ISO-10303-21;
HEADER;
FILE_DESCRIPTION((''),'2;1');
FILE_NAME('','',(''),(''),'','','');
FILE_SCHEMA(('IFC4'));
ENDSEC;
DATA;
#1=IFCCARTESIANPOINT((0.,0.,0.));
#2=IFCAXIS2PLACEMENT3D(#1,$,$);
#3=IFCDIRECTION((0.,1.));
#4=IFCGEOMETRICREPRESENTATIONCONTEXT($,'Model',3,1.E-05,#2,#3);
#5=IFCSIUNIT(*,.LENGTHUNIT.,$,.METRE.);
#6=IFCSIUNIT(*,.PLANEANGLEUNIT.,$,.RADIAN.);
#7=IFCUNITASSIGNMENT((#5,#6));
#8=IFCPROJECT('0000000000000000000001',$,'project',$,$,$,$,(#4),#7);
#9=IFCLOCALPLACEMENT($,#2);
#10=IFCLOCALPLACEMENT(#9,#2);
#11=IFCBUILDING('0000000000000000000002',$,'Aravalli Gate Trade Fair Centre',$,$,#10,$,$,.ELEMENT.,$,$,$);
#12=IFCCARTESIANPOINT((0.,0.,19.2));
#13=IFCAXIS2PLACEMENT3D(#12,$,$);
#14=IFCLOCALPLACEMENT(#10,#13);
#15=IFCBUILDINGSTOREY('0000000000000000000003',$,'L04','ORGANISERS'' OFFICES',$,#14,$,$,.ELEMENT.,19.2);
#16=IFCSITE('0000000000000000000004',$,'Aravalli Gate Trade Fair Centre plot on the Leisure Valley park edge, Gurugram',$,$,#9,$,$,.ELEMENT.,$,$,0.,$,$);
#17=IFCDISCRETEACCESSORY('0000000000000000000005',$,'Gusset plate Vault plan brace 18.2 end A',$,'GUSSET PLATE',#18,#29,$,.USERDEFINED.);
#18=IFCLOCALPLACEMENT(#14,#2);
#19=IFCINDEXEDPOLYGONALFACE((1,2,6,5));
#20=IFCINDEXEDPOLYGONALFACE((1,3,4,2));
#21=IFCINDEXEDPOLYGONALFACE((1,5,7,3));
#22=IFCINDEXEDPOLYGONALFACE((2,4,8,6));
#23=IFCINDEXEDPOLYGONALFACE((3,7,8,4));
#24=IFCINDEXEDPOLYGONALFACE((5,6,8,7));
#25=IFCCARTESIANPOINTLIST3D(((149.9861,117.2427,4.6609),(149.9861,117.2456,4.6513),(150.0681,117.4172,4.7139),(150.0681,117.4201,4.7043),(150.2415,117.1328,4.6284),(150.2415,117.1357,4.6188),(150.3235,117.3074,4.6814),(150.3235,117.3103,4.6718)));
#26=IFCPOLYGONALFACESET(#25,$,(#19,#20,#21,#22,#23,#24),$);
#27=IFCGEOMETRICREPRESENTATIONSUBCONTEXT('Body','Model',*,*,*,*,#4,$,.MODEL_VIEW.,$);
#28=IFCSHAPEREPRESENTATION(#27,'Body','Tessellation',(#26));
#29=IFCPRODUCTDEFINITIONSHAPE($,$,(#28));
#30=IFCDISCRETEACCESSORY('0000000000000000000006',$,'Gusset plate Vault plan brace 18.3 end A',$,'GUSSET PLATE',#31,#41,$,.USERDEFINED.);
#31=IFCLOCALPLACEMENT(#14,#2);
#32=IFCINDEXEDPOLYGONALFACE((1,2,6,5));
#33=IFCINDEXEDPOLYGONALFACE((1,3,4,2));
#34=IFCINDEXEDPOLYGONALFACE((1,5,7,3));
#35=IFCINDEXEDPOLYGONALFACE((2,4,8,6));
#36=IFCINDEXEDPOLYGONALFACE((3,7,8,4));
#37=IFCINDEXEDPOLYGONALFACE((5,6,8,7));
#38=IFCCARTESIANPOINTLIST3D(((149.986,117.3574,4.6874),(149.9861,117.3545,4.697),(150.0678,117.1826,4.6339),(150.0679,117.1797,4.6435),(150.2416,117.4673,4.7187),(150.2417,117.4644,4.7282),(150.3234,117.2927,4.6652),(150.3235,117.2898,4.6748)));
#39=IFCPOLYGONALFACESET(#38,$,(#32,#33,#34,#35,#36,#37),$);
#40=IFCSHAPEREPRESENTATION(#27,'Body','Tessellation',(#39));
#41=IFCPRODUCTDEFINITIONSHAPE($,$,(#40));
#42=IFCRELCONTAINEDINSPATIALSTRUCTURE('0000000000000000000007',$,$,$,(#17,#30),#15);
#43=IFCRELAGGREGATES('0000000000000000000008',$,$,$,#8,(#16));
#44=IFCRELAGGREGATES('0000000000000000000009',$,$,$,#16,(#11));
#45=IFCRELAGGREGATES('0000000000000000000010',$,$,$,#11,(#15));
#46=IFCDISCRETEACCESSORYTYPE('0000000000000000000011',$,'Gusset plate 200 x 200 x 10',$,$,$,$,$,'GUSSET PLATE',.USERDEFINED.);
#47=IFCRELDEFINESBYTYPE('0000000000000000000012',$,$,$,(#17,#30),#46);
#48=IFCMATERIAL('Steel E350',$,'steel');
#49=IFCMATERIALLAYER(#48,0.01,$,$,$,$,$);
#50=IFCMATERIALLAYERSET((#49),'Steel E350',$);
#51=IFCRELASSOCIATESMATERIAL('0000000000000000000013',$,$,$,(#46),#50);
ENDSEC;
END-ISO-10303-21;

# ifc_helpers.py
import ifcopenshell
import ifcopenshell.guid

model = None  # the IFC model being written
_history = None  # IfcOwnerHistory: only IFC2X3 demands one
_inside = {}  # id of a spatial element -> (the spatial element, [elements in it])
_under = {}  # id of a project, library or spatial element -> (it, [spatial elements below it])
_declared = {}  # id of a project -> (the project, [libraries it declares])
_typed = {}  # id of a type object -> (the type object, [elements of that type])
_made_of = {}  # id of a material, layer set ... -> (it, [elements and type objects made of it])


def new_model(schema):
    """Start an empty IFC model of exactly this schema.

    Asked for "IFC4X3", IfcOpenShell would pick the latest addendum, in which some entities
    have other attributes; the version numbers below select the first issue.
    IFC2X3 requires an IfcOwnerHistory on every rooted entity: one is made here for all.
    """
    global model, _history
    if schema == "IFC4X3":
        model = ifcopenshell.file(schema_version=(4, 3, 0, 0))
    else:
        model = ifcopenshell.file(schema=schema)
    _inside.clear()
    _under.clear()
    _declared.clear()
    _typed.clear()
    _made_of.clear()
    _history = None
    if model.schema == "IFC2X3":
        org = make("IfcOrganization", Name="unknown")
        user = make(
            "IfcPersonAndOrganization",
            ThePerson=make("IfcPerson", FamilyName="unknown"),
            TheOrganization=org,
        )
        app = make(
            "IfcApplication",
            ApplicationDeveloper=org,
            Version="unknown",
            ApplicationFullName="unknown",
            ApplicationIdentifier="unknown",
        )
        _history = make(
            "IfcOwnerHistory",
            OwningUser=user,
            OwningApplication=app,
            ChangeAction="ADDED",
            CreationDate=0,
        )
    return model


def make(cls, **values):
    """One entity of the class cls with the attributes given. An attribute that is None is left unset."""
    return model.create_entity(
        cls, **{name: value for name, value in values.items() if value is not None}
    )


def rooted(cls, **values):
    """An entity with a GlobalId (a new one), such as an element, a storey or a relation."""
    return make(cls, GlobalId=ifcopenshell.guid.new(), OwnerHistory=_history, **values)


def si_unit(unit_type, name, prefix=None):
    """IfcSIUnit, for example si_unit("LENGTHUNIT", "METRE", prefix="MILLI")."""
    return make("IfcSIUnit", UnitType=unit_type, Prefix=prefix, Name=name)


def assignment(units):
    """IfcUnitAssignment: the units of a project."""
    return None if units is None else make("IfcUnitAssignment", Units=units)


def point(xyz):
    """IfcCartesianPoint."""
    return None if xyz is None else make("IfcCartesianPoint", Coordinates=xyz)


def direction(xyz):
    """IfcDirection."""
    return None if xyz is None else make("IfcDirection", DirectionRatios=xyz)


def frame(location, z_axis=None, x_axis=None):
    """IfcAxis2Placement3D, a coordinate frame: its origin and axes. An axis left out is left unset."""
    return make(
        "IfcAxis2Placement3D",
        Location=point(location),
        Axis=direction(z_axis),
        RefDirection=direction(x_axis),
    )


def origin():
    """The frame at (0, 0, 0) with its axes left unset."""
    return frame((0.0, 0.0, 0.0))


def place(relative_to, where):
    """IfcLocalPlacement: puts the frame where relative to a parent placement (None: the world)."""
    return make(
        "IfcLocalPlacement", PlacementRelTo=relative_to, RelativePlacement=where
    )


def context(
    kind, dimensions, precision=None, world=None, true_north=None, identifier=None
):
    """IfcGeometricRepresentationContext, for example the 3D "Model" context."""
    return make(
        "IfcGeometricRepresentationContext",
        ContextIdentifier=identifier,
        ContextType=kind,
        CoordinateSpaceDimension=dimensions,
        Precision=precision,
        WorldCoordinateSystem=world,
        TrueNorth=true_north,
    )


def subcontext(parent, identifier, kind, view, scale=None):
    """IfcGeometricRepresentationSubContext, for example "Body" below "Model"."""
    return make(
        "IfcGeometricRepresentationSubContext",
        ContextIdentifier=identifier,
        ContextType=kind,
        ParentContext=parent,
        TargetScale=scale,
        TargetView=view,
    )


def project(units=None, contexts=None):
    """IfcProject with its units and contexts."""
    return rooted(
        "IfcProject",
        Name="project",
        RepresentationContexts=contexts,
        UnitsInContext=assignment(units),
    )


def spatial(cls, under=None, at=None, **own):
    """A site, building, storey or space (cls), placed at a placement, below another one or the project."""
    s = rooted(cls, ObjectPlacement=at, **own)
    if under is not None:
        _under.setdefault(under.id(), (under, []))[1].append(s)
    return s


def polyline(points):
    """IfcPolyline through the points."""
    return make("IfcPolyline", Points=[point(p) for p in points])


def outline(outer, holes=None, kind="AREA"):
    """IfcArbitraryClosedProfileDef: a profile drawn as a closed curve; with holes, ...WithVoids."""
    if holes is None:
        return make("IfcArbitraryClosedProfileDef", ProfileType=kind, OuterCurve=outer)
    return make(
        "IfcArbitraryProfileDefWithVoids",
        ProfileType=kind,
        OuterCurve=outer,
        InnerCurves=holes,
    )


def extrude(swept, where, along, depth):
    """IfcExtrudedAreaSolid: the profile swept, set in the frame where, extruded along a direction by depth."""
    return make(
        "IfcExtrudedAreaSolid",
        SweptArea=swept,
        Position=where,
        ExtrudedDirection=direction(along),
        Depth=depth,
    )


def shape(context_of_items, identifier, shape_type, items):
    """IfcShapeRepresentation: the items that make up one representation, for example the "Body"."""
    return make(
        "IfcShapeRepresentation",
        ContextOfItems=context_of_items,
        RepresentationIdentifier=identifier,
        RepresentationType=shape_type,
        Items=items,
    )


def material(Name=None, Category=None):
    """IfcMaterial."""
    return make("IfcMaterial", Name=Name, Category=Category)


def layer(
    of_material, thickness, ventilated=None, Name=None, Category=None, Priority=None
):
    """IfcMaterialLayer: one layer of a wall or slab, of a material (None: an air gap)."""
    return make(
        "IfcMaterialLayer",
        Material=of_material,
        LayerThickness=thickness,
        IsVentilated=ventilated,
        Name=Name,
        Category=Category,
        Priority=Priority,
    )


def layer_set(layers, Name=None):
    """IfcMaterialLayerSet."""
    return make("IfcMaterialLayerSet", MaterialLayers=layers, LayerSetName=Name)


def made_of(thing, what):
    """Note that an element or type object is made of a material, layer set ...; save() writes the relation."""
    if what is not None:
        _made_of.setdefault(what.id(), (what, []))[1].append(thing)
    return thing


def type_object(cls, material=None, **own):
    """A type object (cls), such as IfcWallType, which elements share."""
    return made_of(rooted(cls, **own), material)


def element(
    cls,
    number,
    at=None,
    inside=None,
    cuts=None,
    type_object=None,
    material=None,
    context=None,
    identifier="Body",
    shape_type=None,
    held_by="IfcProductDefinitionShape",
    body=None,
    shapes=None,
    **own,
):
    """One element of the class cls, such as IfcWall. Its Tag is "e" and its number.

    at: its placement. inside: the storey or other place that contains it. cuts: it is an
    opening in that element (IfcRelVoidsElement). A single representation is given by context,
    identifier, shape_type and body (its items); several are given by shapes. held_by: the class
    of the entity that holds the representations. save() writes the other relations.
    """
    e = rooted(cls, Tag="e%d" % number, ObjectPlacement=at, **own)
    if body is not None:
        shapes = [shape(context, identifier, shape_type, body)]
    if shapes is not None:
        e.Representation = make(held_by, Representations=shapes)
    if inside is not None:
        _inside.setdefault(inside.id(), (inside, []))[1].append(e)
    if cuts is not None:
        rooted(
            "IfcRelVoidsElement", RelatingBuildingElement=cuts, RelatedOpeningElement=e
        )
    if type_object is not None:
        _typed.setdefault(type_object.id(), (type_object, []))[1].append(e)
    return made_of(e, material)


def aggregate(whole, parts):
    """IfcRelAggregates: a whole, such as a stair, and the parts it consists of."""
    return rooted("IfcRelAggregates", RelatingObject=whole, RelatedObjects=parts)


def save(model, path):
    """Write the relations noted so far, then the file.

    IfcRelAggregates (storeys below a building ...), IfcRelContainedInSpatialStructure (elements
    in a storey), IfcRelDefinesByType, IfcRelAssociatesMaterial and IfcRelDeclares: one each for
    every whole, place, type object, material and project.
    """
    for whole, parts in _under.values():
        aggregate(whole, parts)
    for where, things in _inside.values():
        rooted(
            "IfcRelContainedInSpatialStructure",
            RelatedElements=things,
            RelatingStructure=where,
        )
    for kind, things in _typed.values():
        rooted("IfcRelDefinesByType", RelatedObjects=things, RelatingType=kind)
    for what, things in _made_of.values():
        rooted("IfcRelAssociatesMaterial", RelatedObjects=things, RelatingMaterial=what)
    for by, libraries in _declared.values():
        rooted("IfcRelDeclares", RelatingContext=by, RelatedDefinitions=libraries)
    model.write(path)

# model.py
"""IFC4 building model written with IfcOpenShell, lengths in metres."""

from ifc_helpers import new_model, si_unit, direction, frame, origin, place, context, subcontext, project, spatial, polyline, outline, extrude, material, layer, layer_set, type_object, element, save


model = new_model("IFC4")

# Units and contexts
model_context = context("Model", 3, precision=1e-05, world=origin(), true_north=direction((0.0, 1.0)))
body_context = subcontext(model_context, "Body", "Model", "MODEL_VIEW")
ifc_project = project(units=[si_unit("LENGTHUNIT", "METRE"), si_unit("PLANEANGLEUNIT", "RADIAN")], contexts=[model_context])

# Site, building, storey
site_placement = place(None, origin())
site = spatial("IfcSite", under=ifc_project, at=site_placement, Name="Aravalli Gate Trade Fair Centre plot on the Leisure Valley park edge, Gurugram", CompositionType="ELEMENT", RefElevation=0.0)
building_placement = place(site_placement, origin())
building = spatial("IfcBuilding", under=site, at=building_placement, Name="Aravalli Gate Trade Fair Centre", CompositionType="ELEMENT")
storey_placement = place(building_placement, frame((0.0, 0.0, 19.2)))
storey = spatial("IfcBuildingStorey", under=building, at=storey_placement, Name="L04", Description="ORGANISERS' OFFICES", CompositionType="ELEMENT", Elevation=19.2)

# Shared definitions
ifc_material_1 = material(Name="Steel E350", Category="steel")

# Discrete accessories
ifc_layer_1 = layer(ifc_material_1, 0.01)
ifc_layer_set_1 = layer_set([ifc_layer_1], Name="Steel E350")
discrete_accessory_type = type_object("IfcDiscreteAccessoryType", Name="Gusset plate 200 x 200 x 10", ElementType="GUSSET PLATE", PredefinedType="USERDEFINED", material=ifc_layer_set_1)
discrete_accessory_1_placement = place(storey_placement, frame((150.2415, 117.1328, 4.6284), z_axis=(-0.00272, -0.289244, 0.957251), x_axis=(-0.912396, 0.392522, 0.116012)))
element("IfcDiscreteAccessory", 1, at=discrete_accessory_1_placement, inside=storey, type_object=discrete_accessory_type, Name="Gusset plate Vault plan brace 18.2 end A", ObjectType="GUSSET PLATE", PredefinedType="USERDEFINED", context=body_context, shape_type="SweptSolid", body=[
    extrude(outline(polyline([(0.0, 0.0), (0.2799, 0.0), (0.2797, -0.2), (-0.0002, -0.2), (0.0, 0.0)])), origin(), (0.0, 0.0, -1.0), 0.01),
])
discrete_accessory_2_placement = place(storey_placement, frame((150.3235, 117.2898, 4.6748), z_axis=(0.007525, -0.289446, 0.957165), x_axis=(-0.912683, -0.393106, -0.1117)))
element("IfcDiscreteAccessory", 2, at=discrete_accessory_2_placement, inside=storey, type_object=discrete_accessory_type, Name="Gusset plate Vault plan brace 18.3 end A", ObjectType="GUSSET PLATE", PredefinedType="USERDEFINED", context=body_context, shape_type="SweptSolid", body=[
    extrude(outline(polyline([(0.0, 0.0), (0.2801, 0.0), (0.28, -0.2003), (0.0001, -0.2), (0.0, 0.0)])), origin(), (0.0, 0.0, -1.0), 0.01),
])

save(model, "model.ifc")
